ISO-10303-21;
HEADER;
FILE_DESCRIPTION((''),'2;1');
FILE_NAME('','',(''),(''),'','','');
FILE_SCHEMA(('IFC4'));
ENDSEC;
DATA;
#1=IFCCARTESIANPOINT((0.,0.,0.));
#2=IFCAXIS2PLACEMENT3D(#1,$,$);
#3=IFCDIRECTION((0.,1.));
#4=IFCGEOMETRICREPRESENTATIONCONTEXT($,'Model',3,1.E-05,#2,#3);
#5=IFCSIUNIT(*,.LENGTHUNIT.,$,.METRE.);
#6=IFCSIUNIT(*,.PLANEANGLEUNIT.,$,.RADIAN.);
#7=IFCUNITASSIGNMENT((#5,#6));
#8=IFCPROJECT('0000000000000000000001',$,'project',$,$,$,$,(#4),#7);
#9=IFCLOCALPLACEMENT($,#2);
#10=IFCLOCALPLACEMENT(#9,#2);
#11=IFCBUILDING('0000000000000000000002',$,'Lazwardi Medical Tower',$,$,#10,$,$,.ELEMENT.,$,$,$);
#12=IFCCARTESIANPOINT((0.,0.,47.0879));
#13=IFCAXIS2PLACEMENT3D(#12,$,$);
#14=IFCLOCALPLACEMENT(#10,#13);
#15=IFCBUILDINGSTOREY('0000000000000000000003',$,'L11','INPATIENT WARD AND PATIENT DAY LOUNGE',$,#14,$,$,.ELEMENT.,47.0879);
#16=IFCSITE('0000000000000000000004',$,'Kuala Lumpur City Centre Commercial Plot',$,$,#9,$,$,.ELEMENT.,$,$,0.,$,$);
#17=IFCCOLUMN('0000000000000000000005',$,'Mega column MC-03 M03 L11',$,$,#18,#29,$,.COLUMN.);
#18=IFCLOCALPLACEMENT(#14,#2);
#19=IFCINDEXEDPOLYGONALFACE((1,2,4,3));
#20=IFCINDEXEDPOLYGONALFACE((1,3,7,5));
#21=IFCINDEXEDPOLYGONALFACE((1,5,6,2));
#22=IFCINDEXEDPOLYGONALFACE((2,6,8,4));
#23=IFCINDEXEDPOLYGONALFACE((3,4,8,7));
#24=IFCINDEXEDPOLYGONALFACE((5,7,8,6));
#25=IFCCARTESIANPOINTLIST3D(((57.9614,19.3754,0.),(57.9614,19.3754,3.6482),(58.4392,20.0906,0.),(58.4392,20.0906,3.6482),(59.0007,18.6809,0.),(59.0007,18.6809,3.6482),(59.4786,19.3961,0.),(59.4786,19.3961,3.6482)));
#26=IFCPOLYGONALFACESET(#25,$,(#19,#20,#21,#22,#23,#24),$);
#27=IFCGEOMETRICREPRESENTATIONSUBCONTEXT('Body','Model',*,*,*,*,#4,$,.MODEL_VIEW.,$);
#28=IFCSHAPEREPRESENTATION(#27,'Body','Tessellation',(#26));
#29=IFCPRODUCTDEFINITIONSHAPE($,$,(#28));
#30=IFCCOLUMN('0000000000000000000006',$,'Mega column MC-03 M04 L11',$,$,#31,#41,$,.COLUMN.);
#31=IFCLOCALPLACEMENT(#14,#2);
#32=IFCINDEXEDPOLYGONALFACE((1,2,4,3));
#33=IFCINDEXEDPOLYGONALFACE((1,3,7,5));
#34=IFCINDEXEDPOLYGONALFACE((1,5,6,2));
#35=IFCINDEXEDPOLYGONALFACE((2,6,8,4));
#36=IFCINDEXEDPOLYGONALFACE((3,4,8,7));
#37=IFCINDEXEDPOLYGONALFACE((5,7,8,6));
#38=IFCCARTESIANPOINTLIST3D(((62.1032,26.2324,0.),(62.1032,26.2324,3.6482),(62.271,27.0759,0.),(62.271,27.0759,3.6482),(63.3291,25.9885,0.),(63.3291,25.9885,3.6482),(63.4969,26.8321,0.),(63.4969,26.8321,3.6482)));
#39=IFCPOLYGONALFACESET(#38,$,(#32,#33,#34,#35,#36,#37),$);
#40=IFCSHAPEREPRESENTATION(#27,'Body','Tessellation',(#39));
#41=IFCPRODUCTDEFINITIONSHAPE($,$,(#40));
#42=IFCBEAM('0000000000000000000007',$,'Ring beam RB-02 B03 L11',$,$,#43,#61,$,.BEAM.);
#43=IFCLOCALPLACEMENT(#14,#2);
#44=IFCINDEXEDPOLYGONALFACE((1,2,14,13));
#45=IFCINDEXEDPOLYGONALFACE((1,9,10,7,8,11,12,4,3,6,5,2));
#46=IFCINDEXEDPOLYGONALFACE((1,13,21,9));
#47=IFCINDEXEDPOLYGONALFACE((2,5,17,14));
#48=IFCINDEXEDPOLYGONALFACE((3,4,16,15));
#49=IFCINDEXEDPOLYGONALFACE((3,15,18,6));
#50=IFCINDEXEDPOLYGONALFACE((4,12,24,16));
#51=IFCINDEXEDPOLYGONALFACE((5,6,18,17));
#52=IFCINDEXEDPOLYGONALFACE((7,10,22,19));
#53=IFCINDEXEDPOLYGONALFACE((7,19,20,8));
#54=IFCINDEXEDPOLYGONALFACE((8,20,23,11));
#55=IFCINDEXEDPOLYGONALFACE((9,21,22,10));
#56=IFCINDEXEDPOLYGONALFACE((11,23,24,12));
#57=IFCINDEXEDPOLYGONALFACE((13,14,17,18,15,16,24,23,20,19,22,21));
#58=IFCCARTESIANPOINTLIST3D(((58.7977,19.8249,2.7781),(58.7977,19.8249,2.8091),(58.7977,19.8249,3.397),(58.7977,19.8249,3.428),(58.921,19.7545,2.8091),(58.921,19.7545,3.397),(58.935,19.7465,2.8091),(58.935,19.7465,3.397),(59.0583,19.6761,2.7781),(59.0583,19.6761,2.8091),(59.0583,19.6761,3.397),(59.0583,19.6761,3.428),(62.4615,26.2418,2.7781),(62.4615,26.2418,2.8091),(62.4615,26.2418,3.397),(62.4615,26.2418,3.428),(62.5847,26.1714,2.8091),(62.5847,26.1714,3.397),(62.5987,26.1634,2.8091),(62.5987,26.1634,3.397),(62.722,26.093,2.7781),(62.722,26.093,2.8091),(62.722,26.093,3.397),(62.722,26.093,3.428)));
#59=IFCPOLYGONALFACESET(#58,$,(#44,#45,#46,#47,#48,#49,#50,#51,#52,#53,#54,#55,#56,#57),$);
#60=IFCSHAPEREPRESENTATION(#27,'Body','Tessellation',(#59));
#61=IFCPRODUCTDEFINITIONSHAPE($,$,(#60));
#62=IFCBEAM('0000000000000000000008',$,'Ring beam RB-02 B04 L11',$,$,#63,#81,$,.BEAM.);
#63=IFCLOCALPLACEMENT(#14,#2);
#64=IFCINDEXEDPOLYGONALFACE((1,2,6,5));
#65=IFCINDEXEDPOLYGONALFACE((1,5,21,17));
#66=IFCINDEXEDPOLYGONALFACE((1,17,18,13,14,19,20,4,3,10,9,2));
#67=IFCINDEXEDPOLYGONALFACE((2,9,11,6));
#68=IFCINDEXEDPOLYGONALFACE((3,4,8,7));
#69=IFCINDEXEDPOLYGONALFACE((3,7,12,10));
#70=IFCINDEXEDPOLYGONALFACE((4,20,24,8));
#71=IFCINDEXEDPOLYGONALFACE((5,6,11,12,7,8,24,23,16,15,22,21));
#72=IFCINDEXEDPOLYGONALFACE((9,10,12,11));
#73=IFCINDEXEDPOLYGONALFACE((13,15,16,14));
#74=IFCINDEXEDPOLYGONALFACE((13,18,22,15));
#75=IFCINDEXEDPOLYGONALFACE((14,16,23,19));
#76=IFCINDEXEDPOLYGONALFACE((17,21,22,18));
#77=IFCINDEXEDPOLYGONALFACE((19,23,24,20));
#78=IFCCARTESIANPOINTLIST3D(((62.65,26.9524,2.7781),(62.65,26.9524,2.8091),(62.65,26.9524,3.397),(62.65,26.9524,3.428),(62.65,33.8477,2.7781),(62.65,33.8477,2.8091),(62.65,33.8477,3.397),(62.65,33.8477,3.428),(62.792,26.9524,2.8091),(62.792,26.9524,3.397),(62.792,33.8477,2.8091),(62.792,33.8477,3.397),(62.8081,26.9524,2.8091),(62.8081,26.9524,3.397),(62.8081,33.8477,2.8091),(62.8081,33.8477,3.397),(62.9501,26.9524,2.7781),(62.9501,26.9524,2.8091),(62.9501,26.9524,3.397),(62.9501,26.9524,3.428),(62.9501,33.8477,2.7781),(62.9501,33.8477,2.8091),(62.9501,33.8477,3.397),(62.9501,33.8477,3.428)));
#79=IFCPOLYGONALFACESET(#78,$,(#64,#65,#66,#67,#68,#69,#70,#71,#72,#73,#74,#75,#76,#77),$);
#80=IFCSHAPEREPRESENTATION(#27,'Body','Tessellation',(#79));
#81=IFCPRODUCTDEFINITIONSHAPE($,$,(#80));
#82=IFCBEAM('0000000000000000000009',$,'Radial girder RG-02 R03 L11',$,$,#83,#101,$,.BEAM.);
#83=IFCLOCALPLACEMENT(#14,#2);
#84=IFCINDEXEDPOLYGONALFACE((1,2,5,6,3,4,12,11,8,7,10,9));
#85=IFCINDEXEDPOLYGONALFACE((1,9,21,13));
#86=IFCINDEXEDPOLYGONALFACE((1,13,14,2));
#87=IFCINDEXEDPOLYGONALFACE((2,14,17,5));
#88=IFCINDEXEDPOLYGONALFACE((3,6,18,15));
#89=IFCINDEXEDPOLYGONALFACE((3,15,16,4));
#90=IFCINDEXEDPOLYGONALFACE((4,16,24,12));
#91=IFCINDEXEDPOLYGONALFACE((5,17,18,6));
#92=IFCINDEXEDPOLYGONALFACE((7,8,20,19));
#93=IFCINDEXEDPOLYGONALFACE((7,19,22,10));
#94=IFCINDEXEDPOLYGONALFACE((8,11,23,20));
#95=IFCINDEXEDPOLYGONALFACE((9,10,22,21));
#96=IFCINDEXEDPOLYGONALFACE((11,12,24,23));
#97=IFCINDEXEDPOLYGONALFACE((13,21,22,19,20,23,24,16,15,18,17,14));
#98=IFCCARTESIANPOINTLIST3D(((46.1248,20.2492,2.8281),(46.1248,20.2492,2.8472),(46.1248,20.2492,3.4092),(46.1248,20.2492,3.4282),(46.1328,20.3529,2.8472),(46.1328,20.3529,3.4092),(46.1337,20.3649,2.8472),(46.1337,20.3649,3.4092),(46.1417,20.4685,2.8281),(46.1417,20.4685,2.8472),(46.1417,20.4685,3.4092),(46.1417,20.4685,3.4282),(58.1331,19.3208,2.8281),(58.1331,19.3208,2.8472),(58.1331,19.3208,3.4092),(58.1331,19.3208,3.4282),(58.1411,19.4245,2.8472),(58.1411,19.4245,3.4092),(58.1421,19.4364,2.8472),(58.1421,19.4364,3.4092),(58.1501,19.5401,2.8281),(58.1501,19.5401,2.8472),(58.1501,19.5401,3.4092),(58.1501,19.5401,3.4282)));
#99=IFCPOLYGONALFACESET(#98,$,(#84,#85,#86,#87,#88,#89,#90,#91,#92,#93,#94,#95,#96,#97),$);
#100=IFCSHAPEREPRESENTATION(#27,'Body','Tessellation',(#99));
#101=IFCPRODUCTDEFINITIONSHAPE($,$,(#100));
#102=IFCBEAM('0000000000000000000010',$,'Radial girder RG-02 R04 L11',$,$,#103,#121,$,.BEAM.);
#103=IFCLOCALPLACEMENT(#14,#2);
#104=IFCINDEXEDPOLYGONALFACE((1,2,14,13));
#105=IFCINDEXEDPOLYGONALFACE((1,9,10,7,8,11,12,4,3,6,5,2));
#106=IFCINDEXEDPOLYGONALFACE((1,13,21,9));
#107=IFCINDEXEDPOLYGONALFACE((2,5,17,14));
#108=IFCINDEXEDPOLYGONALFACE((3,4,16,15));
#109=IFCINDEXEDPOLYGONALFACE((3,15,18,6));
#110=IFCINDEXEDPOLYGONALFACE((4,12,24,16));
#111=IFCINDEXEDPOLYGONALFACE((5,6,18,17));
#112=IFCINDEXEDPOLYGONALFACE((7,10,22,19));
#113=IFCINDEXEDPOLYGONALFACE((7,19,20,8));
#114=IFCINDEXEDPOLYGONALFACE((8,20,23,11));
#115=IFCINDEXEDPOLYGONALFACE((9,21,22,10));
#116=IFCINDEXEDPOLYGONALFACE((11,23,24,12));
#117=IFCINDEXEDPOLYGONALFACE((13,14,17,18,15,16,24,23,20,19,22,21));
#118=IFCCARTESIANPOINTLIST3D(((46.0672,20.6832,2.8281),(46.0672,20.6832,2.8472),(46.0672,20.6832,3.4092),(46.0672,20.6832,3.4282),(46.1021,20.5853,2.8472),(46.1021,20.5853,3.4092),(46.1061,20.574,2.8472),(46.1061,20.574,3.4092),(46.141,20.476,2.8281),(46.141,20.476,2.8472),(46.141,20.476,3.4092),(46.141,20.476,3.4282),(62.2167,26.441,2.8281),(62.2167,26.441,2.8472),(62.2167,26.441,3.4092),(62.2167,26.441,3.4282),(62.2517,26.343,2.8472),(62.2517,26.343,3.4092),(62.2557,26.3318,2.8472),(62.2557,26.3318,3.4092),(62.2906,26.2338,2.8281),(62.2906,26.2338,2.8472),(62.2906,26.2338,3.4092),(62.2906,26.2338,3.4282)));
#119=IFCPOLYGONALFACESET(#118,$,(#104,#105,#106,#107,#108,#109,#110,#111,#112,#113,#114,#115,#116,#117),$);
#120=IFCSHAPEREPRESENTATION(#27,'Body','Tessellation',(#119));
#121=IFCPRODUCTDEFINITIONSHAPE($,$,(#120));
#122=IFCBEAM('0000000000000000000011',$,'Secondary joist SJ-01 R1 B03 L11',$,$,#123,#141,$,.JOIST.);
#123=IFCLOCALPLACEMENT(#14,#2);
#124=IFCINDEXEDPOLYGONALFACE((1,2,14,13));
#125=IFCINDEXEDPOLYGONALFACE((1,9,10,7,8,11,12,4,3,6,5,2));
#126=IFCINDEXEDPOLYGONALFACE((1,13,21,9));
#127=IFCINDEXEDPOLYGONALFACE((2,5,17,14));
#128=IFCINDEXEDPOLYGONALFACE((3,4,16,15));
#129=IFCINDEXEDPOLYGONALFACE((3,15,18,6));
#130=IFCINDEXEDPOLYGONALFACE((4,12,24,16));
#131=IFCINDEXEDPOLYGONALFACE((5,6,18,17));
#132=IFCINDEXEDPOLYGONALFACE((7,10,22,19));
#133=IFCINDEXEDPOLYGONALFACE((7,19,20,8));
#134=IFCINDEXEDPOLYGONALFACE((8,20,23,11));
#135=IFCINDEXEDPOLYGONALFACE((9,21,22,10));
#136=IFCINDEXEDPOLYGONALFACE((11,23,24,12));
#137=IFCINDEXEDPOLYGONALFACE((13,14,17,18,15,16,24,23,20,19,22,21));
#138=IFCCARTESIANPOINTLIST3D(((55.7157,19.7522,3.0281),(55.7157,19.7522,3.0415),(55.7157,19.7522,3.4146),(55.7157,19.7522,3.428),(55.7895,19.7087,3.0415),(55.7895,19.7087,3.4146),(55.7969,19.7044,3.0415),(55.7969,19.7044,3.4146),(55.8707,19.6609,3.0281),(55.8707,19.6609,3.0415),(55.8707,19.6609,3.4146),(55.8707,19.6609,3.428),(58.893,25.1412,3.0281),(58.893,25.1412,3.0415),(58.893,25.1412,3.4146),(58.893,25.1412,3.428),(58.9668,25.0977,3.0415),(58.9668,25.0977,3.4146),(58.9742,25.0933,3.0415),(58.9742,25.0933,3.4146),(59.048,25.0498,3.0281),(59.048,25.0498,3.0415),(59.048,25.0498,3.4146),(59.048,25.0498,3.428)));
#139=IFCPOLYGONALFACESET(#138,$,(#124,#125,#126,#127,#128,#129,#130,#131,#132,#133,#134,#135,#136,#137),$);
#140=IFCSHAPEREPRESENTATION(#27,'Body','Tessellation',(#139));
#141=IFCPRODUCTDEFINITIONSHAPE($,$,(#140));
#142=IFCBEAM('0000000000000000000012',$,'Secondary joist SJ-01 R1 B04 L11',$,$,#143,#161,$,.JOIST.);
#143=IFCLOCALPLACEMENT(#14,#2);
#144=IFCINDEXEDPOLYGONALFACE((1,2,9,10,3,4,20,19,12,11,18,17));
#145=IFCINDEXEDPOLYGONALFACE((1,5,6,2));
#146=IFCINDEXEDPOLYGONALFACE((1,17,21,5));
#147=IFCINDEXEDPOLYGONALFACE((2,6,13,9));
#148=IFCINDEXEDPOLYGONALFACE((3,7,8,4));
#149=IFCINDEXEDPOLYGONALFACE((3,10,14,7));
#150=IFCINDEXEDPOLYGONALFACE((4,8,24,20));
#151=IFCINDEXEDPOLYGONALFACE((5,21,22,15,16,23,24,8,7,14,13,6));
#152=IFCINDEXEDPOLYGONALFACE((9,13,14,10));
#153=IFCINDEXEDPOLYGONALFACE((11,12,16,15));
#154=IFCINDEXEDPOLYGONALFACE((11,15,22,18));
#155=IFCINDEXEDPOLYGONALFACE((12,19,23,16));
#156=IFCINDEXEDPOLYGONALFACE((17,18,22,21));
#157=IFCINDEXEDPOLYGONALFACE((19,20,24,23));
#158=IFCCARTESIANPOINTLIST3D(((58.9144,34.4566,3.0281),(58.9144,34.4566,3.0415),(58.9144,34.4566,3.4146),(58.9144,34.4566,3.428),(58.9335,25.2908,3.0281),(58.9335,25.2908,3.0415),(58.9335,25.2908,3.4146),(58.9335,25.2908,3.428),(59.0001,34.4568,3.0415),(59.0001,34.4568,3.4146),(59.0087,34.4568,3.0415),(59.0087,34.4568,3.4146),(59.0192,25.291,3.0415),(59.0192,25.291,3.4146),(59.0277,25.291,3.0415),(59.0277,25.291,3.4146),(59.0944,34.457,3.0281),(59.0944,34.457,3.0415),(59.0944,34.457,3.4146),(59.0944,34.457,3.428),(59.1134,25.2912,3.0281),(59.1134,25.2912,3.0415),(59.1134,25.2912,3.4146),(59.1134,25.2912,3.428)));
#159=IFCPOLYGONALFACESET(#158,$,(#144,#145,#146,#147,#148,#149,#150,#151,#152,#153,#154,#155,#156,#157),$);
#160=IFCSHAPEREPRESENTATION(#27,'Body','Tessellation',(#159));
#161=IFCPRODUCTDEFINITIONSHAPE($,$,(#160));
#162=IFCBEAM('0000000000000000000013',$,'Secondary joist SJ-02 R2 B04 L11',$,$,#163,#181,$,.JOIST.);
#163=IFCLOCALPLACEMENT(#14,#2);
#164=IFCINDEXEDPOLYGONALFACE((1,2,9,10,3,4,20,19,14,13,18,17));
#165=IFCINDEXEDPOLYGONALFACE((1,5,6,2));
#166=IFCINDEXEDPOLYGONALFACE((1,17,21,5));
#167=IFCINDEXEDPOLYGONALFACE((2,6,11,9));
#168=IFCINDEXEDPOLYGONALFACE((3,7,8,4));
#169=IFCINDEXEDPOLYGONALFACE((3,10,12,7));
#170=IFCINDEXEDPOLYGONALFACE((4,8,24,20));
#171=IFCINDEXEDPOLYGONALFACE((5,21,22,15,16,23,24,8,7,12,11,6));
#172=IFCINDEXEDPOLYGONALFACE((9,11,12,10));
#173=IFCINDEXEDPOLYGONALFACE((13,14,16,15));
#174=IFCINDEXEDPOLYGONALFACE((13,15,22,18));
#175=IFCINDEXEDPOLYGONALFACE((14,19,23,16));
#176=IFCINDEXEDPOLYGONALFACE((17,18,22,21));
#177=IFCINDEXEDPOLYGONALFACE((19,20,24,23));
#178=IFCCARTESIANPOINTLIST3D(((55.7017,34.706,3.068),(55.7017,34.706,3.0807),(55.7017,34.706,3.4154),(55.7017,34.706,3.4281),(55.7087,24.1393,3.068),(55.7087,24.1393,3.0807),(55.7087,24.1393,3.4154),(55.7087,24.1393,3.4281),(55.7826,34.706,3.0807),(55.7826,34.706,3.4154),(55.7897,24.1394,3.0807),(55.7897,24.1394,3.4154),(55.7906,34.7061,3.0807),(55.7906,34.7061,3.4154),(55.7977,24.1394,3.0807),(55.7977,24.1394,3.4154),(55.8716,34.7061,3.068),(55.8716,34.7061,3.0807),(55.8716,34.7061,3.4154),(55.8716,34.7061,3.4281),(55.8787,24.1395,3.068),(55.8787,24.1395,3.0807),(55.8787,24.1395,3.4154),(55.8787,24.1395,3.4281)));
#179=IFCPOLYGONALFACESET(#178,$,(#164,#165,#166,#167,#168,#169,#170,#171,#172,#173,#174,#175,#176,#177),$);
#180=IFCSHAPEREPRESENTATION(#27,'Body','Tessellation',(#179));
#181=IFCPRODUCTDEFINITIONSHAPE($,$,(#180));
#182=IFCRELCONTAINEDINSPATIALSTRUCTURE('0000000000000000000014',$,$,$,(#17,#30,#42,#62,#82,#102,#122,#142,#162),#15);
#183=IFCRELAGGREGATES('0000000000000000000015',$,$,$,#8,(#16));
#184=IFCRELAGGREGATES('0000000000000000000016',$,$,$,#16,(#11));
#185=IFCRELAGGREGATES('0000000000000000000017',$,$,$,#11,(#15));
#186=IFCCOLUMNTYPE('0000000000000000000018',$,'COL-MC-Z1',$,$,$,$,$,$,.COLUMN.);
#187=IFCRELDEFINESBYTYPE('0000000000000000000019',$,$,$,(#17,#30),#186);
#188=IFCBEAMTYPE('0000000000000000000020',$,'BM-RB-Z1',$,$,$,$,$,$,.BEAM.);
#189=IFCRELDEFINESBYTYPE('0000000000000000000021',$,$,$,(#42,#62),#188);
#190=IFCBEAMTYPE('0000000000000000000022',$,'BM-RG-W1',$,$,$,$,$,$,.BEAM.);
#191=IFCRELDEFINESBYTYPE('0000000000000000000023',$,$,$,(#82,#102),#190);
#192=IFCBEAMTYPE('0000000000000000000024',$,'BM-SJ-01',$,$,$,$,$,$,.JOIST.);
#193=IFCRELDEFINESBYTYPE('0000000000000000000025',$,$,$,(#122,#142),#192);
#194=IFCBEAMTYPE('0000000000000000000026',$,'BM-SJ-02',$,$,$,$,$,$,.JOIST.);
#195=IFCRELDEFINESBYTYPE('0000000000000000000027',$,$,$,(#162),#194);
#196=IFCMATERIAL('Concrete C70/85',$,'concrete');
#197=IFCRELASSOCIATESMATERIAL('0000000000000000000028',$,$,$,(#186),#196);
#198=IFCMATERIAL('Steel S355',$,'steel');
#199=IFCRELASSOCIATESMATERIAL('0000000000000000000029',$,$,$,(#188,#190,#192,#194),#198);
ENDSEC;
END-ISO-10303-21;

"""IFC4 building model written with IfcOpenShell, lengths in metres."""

from ifc_helpers import new_model, si_unit, direction, frame, origin, origin_2d, place, context, subcontext, project, spatial, rectangle, i_section, extrude, material, material_profile, profile_set, type_object, element, save


model = new_model("IFC4")

# Units and contexts
model_context = context("Model", 3, precision=1e-05, world=origin(), true_north=direction((0.0, 1.0)))
body_context = subcontext(model_context, "Body", "Model", "MODEL_VIEW")
ifc_project = project(units=[si_unit("LENGTHUNIT", "METRE"), si_unit("PLANEANGLEUNIT", "RADIAN")], contexts=[model_context])

# Site, building, storey
site_placement = place(None, origin())
site = spatial("IfcSite", under=ifc_project, at=site_placement, Name="Kuala Lumpur City Centre Commercial Plot", CompositionType="ELEMENT", RefElevation=0.0)
building_placement = place(site_placement, origin())
building = spatial("IfcBuilding", under=site, at=building_placement, Name="Lazwardi Medical Tower", CompositionType="ELEMENT")
storey_placement = place(building_placement, frame((0.0, 0.0, 47.0879)))
storey = spatial("IfcBuildingStorey", under=building, at=storey_placement, Name="L11", Description="INPATIENT WARD AND PATIENT DAY LOUNGE", CompositionType="ELEMENT", Elevation=47.0879)

# Columns
ifc_material_1 = material(Name="Concrete C70/85", Category="concrete")
ifc_material_profile_1 = material_profile(ifc_material_1, rectangle(XDim=1.25, YDim=0.8601, at=origin_2d()), Name="CFT-RECT 1250x860")
ifc_profile_set_1 = profile_set([ifc_material_profile_1], Name="Concrete C70/85")
column_type = type_object("IfcColumnType", Name="COL-MC-Z1", PredefinedType="COLUMN", material=ifc_profile_set_1)
for number, where, z_axis, x_axis, name in (
    (1, (58.72, 19.3857, 0.0), (0.0, 0.0, 1.0), (0.83147, -0.55557, 0.0), "Mega column MC-03 M03 L11"),
    (2, (62.8, 26.5322, 0.0), (0.0, 0.0, 1.0), (0.980785, -0.19509, 0.0), "Mega column MC-03 M04 L11"),
):
    element("IfcColumn", number, at=place(storey_placement, frame(where, z_axis=z_axis, x_axis=x_axis)), inside=storey, type_object=column_type, Name=name, PredefinedType="COLUMN", context=body_context, shape_type="SweptSolid", body=[
        extrude(rectangle(XDim=1.25, YDim=0.8601, at=origin_2d()), origin(), (0.0, 0.0, 1.0), 3.6482),
    ])

# Beams
ifc_material_2 = material(Name="Steel S355", Category="steel")
ifc_material_profile_2 = material_profile(ifc_material_2, i_section(OverallWidth=0.3, OverallDepth=0.6499, WebThickness=0.0161, FlangeThickness=0.031, at=origin_2d()), Name="HEB 650")
ifc_profile_set_2 = profile_set([ifc_material_profile_2], Name="Steel S355")
beam_type_1 = type_object("IfcBeamType", Name="BM-RB-Z1", PredefinedType="BEAM", material=ifc_profile_set_2)
beam_1_placement = place(storey_placement, frame((58.928, 19.7505, 3.103), z_axis=(0.495829, 0.86842, 0.0), x_axis=(-0.86842, 0.495829, 0.0)))
element("IfcBeam", 3, at=beam_1_placement, inside=storey, type_object=beam_type_1, Name="Ring beam RB-02 B03 L11", PredefinedType="BEAM", context=body_context, shape_type="SweptSolid", body=[
    extrude(i_section(OverallWidth=0.3, OverallDepth=0.6499, WebThickness=0.0161, FlangeThickness=0.031, at=origin_2d()), origin(), (0.0, 0.0, 1.0), 7.3892),
])
beam_2_placement = place(storey_placement, frame((62.8, 26.9524, 3.103), z_axis=(0.0, 1.0, 0.0), x_axis=(-1.0, 0.0, 0.0)))
element("IfcBeam", 4, at=beam_2_placement, inside=storey, type_object=beam_type_1, Name="Ring beam RB-02 B04 L11", PredefinedType="BEAM", context=body_context, shape_type="SweptSolid", body=[
    extrude(i_section(OverallWidth=0.3, OverallDepth=0.6499, WebThickness=0.0161, FlangeThickness=0.031, at=origin_2d()), origin(), (0.0, 0.0, 1.0), 6.8953),
])
ifc_material_profile_3 = material_profile(ifc_material_2, i_section(OverallWidth=0.22, OverallDepth=0.6001, WebThickness=0.012, FlangeThickness=0.019, at=origin_2d()), Name="IPE 600")
ifc_profile_set_3 = profile_set([ifc_material_profile_3], Name="Steel S355")
beam_type_2 = type_object("IfcBeamType", Name="BM-RG-W1", PredefinedType="BEAM", material=ifc_profile_set_3)
beam_3_placement = place(storey_placement, frame((58.1416, 19.4304, 3.1282), z_axis=(-0.997024, 0.077089, 0.0), x_axis=(-0.077089, -0.997024, 0.0)))
element("IfcBeam", 5, at=beam_3_placement, inside=storey, type_object=beam_type_2, Name="Radial girder RG-02 R03 L11", PredefinedType="BEAM", context=body_context, shape_type="SweptSolid", body=[
    extrude(i_section(OverallWidth=0.22, OverallDepth=0.6001, WebThickness=0.012, FlangeThickness=0.019, at=origin_2d()), origin(), (0.0, 0.0, 1.0), 12.0442),
])
beam_4_placement = place(storey_placement, frame((62.2537, 26.3374, 3.1282), z_axis=(-0.941925, -0.335823, 0.0), x_axis=(0.335823, -0.941925, 0.0)))
element("IfcBeam", 6, at=beam_4_placement, inside=storey, type_object=beam_type_2, Name="Radial girder RG-02 R04 L11", PredefinedType="BEAM", context=body_context, shape_type="SweptSolid", body=[
    extrude(i_section(OverallWidth=0.22, OverallDepth=0.6001, WebThickness=0.012, FlangeThickness=0.019, at=origin_2d()), origin(), (0.0, 0.0, 1.0), 17.1453),
])
ifc_material_profile_4 = material_profile(ifc_material_2, i_section(OverallWidth=0.1799, OverallDepth=0.3999, WebThickness=0.0085, FlangeThickness=0.0134, at=origin_2d()), Name="IPE 400")
ifc_profile_set_4 = profile_set([ifc_material_profile_4], Name="Steel S355")
beam_type_3 = type_object("IfcBeamType", Name="BM-SJ-01", PredefinedType="JOIST", material=ifc_profile_set_4)
beam_5_placement = place(storey_placement, frame((55.7932, 19.7065, 3.228), z_axis=(0.507886, 0.861424, 0.0), x_axis=(-0.861424, 0.507886, 0.0)))
element("IfcBeam", 7, at=beam_5_placement, inside=storey, type_object=beam_type_3, Name="Secondary joist SJ-01 R1 B03 L11", PredefinedType="JOIST", context=body_context, shape_type="SweptSolid", body=[
    extrude(i_section(OverallWidth=0.1799, OverallDepth=0.3999, WebThickness=0.0085, FlangeThickness=0.0134, at=origin_2d()), origin(), (0.0, 0.0, 1.0), 6.2559),
])
beam_6_placement = place(storey_placement, frame((59.0234, 25.291, 3.228), z_axis=(-0.002078, 0.999998, 0.0), x_axis=(-0.999998, -0.002078, 0.0)))
element("IfcBeam", 8, at=beam_6_placement, inside=storey, type_object=beam_type_3, Name="Secondary joist SJ-01 R1 B04 L11", PredefinedType="JOIST", context=body_context, shape_type="SweptSolid", body=[
    extrude(i_section(OverallWidth=0.1799, OverallDepth=0.3999, WebThickness=0.0085, FlangeThickness=0.0134, at=origin_2d()), origin(), (0.0, 0.0, 1.0), 9.1658),
])
ifc_material_profile_5 = material_profile(ifc_material_2, i_section(OverallWidth=0.1699, OverallDepth=0.3601, WebThickness=0.0081, FlangeThickness=0.0127, at=origin_2d()), Name="IPE 360")
ifc_profile_set_5 = profile_set([ifc_material_profile_5], Name="Steel S355")
beam_type_4 = type_object("IfcBeamType", Name="BM-SJ-02", PredefinedType="JOIST", material=ifc_profile_set_5)
beam_7_placement = place(storey_placement, frame((55.7937, 24.1394, 3.248), z_axis=(-0.00067, 1.0, 0.0), x_axis=(-1.0, -0.00067, 0.0)))
element("IfcBeam", 9, at=beam_7_placement, inside=storey, type_object=beam_type_4, Name="Secondary joist SJ-02 R2 B04 L11", PredefinedType="JOIST", context=body_context, shape_type="SweptSolid", body=[
    extrude(i_section(OverallWidth=0.1699, OverallDepth=0.3601, WebThickness=0.0081, FlangeThickness=0.0127, at=origin_2d()), origin(), (0.0, 0.0, 1.0), 10.5667),
])

save(model, "model.ifc")
